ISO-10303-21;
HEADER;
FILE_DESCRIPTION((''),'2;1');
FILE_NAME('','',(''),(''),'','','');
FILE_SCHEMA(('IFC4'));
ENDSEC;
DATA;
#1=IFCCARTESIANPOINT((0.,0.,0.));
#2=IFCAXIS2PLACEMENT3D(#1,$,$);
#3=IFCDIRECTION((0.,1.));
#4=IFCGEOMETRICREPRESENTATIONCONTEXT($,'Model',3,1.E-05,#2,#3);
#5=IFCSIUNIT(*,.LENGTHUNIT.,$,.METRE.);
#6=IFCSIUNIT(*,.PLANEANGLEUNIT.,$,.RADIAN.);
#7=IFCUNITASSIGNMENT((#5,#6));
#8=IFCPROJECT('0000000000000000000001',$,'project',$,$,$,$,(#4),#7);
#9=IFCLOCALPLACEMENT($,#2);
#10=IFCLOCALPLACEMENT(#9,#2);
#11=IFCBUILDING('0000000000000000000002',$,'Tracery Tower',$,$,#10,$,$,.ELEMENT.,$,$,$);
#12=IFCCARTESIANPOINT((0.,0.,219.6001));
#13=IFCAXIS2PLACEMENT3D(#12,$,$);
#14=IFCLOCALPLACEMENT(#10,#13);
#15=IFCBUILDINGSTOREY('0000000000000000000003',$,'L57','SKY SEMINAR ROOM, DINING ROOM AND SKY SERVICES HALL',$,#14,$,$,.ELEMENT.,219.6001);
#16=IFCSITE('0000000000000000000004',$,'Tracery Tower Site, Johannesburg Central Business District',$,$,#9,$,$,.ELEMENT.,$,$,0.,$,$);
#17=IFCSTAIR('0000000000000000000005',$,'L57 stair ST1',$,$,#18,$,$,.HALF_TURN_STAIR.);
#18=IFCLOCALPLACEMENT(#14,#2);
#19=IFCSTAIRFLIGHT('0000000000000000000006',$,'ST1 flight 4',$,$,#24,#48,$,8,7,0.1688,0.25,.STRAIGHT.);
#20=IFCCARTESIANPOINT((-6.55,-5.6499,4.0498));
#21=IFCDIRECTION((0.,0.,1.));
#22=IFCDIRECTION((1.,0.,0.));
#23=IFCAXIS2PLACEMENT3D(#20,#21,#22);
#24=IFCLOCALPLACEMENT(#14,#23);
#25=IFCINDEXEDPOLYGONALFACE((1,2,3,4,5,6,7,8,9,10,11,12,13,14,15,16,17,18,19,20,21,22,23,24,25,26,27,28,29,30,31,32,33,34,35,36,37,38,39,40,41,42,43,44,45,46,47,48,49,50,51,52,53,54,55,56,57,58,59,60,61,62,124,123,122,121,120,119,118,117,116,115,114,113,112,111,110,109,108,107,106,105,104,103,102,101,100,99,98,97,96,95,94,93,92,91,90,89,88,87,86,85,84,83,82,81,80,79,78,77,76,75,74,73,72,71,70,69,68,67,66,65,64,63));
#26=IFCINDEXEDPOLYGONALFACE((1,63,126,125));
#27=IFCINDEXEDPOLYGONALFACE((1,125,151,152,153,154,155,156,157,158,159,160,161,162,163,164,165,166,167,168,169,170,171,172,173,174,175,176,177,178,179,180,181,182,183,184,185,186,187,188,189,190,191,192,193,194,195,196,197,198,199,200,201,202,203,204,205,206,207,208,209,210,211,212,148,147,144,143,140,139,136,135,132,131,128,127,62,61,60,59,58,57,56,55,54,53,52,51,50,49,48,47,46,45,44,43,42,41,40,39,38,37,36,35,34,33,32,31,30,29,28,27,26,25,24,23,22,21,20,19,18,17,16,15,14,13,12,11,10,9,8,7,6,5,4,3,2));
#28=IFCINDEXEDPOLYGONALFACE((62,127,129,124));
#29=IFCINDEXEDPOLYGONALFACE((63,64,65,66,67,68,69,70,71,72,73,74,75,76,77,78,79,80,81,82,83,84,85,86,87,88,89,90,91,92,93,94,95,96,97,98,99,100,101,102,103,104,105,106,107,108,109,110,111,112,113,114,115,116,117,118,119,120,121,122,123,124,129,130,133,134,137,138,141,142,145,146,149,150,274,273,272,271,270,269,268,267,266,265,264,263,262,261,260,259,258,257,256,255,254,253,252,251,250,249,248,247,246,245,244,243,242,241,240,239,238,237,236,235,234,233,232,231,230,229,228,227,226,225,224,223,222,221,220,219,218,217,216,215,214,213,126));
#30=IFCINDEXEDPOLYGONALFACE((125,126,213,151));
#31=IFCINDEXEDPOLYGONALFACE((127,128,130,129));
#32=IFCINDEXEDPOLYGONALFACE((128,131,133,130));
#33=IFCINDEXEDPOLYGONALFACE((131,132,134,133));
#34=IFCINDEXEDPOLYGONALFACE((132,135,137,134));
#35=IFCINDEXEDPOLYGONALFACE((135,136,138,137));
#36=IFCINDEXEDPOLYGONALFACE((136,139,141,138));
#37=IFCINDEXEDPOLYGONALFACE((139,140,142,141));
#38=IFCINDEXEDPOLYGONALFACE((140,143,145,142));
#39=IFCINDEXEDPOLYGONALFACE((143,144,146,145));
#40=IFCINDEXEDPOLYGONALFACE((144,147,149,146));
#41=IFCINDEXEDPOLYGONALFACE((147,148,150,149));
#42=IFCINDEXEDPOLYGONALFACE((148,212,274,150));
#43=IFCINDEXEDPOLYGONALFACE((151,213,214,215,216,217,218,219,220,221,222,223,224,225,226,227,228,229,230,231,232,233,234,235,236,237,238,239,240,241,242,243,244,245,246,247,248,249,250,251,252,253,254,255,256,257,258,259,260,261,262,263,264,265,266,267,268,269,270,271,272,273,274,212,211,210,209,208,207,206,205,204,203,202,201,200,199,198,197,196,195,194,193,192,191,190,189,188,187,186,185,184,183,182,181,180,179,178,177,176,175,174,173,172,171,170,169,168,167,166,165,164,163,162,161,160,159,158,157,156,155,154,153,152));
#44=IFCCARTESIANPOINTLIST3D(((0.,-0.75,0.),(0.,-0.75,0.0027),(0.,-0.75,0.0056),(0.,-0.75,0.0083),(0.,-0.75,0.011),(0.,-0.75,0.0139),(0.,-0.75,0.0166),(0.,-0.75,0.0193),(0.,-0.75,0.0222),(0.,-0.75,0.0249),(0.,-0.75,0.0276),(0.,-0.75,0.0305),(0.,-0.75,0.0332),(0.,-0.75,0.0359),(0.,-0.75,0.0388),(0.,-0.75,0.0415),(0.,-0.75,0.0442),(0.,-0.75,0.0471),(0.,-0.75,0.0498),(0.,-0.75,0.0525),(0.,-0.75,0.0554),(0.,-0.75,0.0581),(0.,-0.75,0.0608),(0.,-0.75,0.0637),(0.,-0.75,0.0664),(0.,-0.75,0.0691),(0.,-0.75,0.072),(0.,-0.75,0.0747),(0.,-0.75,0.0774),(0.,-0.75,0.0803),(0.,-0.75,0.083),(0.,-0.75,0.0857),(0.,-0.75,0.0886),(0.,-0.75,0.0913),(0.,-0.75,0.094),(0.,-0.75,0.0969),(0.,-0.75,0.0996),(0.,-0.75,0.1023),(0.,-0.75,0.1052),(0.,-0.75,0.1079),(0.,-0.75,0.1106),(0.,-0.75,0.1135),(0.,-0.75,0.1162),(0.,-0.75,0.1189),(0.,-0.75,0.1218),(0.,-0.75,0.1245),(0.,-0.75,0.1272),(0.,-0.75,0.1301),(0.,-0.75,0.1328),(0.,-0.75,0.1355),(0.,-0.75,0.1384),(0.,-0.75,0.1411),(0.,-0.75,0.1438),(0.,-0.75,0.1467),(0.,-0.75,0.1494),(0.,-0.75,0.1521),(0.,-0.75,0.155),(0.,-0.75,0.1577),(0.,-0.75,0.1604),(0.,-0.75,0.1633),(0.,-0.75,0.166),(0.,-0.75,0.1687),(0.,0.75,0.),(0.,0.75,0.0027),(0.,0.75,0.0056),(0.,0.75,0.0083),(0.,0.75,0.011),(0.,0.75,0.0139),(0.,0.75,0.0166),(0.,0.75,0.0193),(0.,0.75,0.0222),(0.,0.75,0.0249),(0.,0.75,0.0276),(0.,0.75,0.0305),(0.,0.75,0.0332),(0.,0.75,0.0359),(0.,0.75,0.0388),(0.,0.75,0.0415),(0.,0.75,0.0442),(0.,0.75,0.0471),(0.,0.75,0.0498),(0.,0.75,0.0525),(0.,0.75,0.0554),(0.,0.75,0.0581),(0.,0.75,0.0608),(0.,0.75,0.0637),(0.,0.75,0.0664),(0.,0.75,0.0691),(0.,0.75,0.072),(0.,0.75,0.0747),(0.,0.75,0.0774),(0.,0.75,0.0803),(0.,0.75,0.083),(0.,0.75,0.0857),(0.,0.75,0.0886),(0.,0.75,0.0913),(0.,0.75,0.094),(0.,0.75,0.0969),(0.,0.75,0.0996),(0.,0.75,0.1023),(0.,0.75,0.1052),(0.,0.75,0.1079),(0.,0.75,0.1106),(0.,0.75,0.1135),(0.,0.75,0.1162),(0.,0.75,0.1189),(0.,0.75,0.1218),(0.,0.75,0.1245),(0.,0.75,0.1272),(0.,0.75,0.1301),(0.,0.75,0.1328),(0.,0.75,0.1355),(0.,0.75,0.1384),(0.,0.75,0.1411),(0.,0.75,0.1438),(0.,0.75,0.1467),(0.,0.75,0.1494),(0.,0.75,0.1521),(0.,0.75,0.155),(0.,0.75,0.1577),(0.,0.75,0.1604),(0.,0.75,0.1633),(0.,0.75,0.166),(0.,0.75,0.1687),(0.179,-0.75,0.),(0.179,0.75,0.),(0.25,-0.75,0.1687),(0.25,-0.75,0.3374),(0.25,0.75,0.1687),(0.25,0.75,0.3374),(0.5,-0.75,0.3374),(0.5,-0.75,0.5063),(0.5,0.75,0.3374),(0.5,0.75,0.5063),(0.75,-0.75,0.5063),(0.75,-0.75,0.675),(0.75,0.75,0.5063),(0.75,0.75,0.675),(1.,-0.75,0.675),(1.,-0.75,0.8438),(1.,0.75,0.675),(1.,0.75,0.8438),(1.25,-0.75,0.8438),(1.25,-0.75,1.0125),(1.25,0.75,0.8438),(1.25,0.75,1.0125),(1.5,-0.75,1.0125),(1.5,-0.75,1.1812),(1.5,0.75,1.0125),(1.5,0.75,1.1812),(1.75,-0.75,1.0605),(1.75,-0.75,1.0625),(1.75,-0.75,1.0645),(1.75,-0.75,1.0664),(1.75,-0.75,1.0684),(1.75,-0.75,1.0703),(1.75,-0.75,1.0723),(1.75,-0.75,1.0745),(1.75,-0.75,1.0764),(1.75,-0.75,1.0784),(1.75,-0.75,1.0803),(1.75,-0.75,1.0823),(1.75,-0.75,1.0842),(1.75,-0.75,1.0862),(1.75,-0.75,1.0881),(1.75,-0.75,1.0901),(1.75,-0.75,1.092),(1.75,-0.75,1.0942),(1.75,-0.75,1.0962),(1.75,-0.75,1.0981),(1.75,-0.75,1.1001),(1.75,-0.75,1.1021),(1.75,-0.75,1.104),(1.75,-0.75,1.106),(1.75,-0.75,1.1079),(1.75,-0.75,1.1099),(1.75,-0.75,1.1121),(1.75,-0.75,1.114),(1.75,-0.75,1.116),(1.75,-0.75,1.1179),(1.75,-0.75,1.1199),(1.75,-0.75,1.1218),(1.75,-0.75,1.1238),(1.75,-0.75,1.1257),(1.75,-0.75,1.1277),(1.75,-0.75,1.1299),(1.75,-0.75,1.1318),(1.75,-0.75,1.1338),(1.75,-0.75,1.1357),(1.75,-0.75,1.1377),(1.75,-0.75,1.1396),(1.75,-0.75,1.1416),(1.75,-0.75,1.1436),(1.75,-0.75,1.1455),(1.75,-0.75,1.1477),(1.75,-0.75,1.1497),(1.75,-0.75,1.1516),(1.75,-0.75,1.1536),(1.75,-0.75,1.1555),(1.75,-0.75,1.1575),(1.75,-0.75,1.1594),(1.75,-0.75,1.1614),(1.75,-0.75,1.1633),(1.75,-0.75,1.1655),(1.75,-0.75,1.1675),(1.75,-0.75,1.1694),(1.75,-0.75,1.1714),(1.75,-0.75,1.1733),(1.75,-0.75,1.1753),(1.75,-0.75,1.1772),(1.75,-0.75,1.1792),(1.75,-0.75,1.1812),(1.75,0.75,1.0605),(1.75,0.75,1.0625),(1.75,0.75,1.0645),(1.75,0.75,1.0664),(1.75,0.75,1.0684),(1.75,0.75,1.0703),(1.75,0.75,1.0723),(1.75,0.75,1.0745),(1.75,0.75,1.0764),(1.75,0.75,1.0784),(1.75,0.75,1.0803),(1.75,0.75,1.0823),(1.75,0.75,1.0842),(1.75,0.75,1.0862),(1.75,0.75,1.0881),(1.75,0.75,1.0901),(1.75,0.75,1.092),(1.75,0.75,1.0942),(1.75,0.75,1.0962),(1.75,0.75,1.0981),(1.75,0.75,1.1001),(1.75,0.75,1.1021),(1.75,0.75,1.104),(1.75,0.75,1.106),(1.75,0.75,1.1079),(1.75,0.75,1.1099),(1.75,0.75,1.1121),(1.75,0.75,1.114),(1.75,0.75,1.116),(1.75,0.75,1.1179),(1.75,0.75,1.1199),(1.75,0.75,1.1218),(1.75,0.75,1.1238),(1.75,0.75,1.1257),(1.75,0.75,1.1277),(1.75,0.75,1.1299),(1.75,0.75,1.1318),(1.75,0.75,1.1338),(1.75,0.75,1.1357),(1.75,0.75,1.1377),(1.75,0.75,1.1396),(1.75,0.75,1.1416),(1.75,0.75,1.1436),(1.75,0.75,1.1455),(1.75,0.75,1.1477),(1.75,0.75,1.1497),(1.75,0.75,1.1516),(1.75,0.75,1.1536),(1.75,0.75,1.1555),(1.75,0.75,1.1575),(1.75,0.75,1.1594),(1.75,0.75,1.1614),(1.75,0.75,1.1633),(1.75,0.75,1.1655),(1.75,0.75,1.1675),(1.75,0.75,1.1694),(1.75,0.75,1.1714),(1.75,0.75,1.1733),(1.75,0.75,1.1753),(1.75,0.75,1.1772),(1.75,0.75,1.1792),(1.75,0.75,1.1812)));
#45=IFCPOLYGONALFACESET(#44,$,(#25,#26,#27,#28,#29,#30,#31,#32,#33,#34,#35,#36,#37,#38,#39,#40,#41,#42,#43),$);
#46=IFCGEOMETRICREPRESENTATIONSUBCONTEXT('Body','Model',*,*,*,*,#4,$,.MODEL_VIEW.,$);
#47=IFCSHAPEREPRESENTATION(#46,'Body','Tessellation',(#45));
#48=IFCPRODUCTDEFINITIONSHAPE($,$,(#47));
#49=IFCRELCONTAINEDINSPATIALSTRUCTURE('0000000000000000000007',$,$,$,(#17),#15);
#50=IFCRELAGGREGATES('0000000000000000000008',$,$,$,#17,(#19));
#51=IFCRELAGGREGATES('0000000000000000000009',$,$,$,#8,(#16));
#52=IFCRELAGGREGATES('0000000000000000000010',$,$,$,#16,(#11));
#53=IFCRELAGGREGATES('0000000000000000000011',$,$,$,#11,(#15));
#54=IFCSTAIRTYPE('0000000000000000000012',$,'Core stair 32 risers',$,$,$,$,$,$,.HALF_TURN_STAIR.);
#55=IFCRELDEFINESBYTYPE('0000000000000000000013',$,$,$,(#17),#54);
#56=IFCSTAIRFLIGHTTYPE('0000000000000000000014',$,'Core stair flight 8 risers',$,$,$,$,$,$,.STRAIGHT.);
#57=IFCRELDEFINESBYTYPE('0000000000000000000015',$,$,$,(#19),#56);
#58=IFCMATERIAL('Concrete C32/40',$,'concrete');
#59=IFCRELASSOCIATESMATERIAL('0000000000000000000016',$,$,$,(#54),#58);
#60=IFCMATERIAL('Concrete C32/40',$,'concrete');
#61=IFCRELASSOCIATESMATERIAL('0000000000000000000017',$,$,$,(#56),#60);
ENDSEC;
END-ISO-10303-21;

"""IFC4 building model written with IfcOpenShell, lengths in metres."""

from ifc_helpers import new_model, si_unit, direction, frame, origin, place, context, subcontext, project, spatial, polyline, outline, extrude, material, type_object, element, aggregate, save


model = new_model("IFC4")

# Units and contexts
model_context = context("Model", 3, precision=1e-05, world=origin(), true_north=direction((0.0, 1.0)))
body_context = subcontext(model_context, "Body", "Model", "MODEL_VIEW")
ifc_project = project(units=[si_unit("LENGTHUNIT", "METRE"), si_unit("PLANEANGLEUNIT", "RADIAN")], contexts=[model_context])

# Site, building, storey
site_placement = place(None, origin())
site = spatial("IfcSite", under=ifc_project, at=site_placement, Name="Tracery Tower Site, Johannesburg Central Business District", CompositionType="ELEMENT", RefElevation=0.0)
building_placement = place(site_placement, origin())
building = spatial("IfcBuilding", under=site, at=building_placement, Name="Tracery Tower", CompositionType="ELEMENT")
storey_placement = place(building_placement, frame((0.0, 0.0, 219.6001)))
storey = spatial("IfcBuildingStorey", under=building, at=storey_placement, Name="L57", Description="SKY SEMINAR ROOM, DINING ROOM AND SKY SERVICES HALL", CompositionType="ELEMENT", Elevation=219.6001)

# Stair, stair flight
ifc_material_1 = material(Name="Concrete C32/40", Category="concrete")
stair_type = type_object("IfcStairType", Name="Core stair 32 risers", PredefinedType="HALF_TURN_STAIR", material=ifc_material_1)
stair_placement = place(storey_placement, origin())
stair = element("IfcStair", 1, at=stair_placement, inside=storey, type_object=stair_type, Name="L57 stair ST1", PredefinedType="HALF_TURN_STAIR")
ifc_material_2 = material(Name="Concrete C32/40", Category="concrete")
stair_flight_type = type_object("IfcStairFlightType", Name="Core stair flight 8 risers", PredefinedType="STRAIGHT", material=ifc_material_2)
stair_flight_1_placement = place(storey_placement, frame((-6.55, -5.6499, 4.0498), z_axis=(0.0, 0.0, 1.0), x_axis=(1.0, 0.0, 0.0)))
stair_flight_1 = element("IfcStairFlight", 2, at=stair_flight_1_placement, type_object=stair_flight_type, Name="ST1 flight 4", NumberOfRisers=8, NumberOfTreads=7, PredefinedType="STRAIGHT", RiserHeight=0.1688, TreadLength=0.25, context=body_context, shape_type="SweptSolid", body=[
    extrude(outline(polyline([(0.0, 0.0), (0.0, 0.0027), (0.0, 0.0056), (0.0, 0.0083), (0.0, 0.011), (0.0, 0.0139), (0.0, 0.0166), (0.0, 0.0193), (0.0, 0.0222), (0.0, 0.0249), (0.0, 0.0276), (0.0, 0.0305), (0.0, 0.0332), (0.0, 0.0359), (0.0, 0.0388), (0.0, 0.0415), (0.0, 0.0442), (0.0, 0.0471), (0.0, 0.0498), (0.0, 0.0525), (0.0, 0.0554), (0.0, 0.0581), (0.0, 0.0608), (0.0, 0.0637), (0.0, 0.0664), (0.0, 0.0691), (0.0, 0.072), (0.0, 0.0747), (0.0, 0.0774), (0.0, 0.0803), (0.0, 0.083), (0.0, 0.0857), (0.0, 0.0886), (0.0, 0.0913), (0.0, 0.094), (0.0, 0.0969), (0.0, 0.0996), (0.0, 0.1023), (0.0, 0.1052), (0.0, 0.1079), (0.0, 0.1106), (0.0, 0.1135), (0.0, 0.1162), (0.0, 0.1189), (0.0, 0.1218), (0.0, 0.1245), (0.0, 0.1272), (0.0, 0.1301), (0.0, 0.1328), (0.0, 0.1355), (0.0, 0.1384), (0.0, 0.1411), (0.0, 0.1438), (0.0, 0.1467), (0.0, 0.1494), (0.0, 0.1521), (0.0, 0.155), (0.0, 0.1577), (0.0, 0.1604), (0.0, 0.1633), (0.0, 0.166), (0.0, 0.1687), (0.25, 0.1687), (0.25, 0.3374), (0.5, 0.3374), (0.5, 0.5063), (0.75, 0.5063), (0.75, 0.675), (1.0, 0.675), (1.0, 0.8438), (1.25, 0.8438), (1.25, 1.0125), (1.5, 1.0125), (1.5, 1.1812), (1.75, 1.1812), (1.75, 1.1792), (1.75, 1.1772), (1.75, 1.1753), (1.75, 1.1733), (1.75, 1.1714), (1.75, 1.1694), (1.75, 1.1675), (1.75, 1.1655), (1.75, 1.1633), (1.75, 1.1614), (1.75, 1.1594), (1.75, 1.1575), (1.75, 1.1555), (1.75, 1.1536), (1.75, 1.1516), (1.75, 1.1497), (1.75, 1.1477), (1.75, 1.1455), (1.75, 1.1436), (1.75, 1.1416), (1.75, 1.1396), (1.75, 1.1377), (1.75, 1.1357), (1.75, 1.1338), (1.75, 1.1318), (1.75, 1.1299), (1.75, 1.1277), (1.75, 1.1257), (1.75, 1.1238), (1.75, 1.1218), (1.75, 1.1199), (1.75, 1.1179), (1.75, 1.116), (1.75, 1.114), (1.75, 1.1121), (1.75, 1.1099), (1.75, 1.1079), (1.75, 1.106), (1.75, 1.104), (1.75, 1.1021), (1.75, 1.1001), (1.75, 1.0981), (1.75, 1.0962), (1.75, 1.0942), (1.75, 1.092), (1.75, 1.0901), (1.75, 1.0881), (1.75, 1.0862), (1.75, 1.0842), (1.75, 1.0823), (1.75, 1.0803), (1.75, 1.0784), (1.75, 1.0764), (1.75, 1.0745), (1.75, 1.0723), (1.75, 1.0703), (1.75, 1.0684), (1.75, 1.0664), (1.75, 1.0645), (1.75, 1.0625), (1.75, 1.0605), (0.179, 0.0), (0.0, 0.0)])), frame((0.0, 0.75, 0.0), z_axis=(0.0, -1.0, 0.0), x_axis=(1.0, 0.0, 0.0)), (0.0, 0.0, 1.0), 1.5),
])
aggregate(stair, [stair_flight_1])

save(model, "model.ifc")
